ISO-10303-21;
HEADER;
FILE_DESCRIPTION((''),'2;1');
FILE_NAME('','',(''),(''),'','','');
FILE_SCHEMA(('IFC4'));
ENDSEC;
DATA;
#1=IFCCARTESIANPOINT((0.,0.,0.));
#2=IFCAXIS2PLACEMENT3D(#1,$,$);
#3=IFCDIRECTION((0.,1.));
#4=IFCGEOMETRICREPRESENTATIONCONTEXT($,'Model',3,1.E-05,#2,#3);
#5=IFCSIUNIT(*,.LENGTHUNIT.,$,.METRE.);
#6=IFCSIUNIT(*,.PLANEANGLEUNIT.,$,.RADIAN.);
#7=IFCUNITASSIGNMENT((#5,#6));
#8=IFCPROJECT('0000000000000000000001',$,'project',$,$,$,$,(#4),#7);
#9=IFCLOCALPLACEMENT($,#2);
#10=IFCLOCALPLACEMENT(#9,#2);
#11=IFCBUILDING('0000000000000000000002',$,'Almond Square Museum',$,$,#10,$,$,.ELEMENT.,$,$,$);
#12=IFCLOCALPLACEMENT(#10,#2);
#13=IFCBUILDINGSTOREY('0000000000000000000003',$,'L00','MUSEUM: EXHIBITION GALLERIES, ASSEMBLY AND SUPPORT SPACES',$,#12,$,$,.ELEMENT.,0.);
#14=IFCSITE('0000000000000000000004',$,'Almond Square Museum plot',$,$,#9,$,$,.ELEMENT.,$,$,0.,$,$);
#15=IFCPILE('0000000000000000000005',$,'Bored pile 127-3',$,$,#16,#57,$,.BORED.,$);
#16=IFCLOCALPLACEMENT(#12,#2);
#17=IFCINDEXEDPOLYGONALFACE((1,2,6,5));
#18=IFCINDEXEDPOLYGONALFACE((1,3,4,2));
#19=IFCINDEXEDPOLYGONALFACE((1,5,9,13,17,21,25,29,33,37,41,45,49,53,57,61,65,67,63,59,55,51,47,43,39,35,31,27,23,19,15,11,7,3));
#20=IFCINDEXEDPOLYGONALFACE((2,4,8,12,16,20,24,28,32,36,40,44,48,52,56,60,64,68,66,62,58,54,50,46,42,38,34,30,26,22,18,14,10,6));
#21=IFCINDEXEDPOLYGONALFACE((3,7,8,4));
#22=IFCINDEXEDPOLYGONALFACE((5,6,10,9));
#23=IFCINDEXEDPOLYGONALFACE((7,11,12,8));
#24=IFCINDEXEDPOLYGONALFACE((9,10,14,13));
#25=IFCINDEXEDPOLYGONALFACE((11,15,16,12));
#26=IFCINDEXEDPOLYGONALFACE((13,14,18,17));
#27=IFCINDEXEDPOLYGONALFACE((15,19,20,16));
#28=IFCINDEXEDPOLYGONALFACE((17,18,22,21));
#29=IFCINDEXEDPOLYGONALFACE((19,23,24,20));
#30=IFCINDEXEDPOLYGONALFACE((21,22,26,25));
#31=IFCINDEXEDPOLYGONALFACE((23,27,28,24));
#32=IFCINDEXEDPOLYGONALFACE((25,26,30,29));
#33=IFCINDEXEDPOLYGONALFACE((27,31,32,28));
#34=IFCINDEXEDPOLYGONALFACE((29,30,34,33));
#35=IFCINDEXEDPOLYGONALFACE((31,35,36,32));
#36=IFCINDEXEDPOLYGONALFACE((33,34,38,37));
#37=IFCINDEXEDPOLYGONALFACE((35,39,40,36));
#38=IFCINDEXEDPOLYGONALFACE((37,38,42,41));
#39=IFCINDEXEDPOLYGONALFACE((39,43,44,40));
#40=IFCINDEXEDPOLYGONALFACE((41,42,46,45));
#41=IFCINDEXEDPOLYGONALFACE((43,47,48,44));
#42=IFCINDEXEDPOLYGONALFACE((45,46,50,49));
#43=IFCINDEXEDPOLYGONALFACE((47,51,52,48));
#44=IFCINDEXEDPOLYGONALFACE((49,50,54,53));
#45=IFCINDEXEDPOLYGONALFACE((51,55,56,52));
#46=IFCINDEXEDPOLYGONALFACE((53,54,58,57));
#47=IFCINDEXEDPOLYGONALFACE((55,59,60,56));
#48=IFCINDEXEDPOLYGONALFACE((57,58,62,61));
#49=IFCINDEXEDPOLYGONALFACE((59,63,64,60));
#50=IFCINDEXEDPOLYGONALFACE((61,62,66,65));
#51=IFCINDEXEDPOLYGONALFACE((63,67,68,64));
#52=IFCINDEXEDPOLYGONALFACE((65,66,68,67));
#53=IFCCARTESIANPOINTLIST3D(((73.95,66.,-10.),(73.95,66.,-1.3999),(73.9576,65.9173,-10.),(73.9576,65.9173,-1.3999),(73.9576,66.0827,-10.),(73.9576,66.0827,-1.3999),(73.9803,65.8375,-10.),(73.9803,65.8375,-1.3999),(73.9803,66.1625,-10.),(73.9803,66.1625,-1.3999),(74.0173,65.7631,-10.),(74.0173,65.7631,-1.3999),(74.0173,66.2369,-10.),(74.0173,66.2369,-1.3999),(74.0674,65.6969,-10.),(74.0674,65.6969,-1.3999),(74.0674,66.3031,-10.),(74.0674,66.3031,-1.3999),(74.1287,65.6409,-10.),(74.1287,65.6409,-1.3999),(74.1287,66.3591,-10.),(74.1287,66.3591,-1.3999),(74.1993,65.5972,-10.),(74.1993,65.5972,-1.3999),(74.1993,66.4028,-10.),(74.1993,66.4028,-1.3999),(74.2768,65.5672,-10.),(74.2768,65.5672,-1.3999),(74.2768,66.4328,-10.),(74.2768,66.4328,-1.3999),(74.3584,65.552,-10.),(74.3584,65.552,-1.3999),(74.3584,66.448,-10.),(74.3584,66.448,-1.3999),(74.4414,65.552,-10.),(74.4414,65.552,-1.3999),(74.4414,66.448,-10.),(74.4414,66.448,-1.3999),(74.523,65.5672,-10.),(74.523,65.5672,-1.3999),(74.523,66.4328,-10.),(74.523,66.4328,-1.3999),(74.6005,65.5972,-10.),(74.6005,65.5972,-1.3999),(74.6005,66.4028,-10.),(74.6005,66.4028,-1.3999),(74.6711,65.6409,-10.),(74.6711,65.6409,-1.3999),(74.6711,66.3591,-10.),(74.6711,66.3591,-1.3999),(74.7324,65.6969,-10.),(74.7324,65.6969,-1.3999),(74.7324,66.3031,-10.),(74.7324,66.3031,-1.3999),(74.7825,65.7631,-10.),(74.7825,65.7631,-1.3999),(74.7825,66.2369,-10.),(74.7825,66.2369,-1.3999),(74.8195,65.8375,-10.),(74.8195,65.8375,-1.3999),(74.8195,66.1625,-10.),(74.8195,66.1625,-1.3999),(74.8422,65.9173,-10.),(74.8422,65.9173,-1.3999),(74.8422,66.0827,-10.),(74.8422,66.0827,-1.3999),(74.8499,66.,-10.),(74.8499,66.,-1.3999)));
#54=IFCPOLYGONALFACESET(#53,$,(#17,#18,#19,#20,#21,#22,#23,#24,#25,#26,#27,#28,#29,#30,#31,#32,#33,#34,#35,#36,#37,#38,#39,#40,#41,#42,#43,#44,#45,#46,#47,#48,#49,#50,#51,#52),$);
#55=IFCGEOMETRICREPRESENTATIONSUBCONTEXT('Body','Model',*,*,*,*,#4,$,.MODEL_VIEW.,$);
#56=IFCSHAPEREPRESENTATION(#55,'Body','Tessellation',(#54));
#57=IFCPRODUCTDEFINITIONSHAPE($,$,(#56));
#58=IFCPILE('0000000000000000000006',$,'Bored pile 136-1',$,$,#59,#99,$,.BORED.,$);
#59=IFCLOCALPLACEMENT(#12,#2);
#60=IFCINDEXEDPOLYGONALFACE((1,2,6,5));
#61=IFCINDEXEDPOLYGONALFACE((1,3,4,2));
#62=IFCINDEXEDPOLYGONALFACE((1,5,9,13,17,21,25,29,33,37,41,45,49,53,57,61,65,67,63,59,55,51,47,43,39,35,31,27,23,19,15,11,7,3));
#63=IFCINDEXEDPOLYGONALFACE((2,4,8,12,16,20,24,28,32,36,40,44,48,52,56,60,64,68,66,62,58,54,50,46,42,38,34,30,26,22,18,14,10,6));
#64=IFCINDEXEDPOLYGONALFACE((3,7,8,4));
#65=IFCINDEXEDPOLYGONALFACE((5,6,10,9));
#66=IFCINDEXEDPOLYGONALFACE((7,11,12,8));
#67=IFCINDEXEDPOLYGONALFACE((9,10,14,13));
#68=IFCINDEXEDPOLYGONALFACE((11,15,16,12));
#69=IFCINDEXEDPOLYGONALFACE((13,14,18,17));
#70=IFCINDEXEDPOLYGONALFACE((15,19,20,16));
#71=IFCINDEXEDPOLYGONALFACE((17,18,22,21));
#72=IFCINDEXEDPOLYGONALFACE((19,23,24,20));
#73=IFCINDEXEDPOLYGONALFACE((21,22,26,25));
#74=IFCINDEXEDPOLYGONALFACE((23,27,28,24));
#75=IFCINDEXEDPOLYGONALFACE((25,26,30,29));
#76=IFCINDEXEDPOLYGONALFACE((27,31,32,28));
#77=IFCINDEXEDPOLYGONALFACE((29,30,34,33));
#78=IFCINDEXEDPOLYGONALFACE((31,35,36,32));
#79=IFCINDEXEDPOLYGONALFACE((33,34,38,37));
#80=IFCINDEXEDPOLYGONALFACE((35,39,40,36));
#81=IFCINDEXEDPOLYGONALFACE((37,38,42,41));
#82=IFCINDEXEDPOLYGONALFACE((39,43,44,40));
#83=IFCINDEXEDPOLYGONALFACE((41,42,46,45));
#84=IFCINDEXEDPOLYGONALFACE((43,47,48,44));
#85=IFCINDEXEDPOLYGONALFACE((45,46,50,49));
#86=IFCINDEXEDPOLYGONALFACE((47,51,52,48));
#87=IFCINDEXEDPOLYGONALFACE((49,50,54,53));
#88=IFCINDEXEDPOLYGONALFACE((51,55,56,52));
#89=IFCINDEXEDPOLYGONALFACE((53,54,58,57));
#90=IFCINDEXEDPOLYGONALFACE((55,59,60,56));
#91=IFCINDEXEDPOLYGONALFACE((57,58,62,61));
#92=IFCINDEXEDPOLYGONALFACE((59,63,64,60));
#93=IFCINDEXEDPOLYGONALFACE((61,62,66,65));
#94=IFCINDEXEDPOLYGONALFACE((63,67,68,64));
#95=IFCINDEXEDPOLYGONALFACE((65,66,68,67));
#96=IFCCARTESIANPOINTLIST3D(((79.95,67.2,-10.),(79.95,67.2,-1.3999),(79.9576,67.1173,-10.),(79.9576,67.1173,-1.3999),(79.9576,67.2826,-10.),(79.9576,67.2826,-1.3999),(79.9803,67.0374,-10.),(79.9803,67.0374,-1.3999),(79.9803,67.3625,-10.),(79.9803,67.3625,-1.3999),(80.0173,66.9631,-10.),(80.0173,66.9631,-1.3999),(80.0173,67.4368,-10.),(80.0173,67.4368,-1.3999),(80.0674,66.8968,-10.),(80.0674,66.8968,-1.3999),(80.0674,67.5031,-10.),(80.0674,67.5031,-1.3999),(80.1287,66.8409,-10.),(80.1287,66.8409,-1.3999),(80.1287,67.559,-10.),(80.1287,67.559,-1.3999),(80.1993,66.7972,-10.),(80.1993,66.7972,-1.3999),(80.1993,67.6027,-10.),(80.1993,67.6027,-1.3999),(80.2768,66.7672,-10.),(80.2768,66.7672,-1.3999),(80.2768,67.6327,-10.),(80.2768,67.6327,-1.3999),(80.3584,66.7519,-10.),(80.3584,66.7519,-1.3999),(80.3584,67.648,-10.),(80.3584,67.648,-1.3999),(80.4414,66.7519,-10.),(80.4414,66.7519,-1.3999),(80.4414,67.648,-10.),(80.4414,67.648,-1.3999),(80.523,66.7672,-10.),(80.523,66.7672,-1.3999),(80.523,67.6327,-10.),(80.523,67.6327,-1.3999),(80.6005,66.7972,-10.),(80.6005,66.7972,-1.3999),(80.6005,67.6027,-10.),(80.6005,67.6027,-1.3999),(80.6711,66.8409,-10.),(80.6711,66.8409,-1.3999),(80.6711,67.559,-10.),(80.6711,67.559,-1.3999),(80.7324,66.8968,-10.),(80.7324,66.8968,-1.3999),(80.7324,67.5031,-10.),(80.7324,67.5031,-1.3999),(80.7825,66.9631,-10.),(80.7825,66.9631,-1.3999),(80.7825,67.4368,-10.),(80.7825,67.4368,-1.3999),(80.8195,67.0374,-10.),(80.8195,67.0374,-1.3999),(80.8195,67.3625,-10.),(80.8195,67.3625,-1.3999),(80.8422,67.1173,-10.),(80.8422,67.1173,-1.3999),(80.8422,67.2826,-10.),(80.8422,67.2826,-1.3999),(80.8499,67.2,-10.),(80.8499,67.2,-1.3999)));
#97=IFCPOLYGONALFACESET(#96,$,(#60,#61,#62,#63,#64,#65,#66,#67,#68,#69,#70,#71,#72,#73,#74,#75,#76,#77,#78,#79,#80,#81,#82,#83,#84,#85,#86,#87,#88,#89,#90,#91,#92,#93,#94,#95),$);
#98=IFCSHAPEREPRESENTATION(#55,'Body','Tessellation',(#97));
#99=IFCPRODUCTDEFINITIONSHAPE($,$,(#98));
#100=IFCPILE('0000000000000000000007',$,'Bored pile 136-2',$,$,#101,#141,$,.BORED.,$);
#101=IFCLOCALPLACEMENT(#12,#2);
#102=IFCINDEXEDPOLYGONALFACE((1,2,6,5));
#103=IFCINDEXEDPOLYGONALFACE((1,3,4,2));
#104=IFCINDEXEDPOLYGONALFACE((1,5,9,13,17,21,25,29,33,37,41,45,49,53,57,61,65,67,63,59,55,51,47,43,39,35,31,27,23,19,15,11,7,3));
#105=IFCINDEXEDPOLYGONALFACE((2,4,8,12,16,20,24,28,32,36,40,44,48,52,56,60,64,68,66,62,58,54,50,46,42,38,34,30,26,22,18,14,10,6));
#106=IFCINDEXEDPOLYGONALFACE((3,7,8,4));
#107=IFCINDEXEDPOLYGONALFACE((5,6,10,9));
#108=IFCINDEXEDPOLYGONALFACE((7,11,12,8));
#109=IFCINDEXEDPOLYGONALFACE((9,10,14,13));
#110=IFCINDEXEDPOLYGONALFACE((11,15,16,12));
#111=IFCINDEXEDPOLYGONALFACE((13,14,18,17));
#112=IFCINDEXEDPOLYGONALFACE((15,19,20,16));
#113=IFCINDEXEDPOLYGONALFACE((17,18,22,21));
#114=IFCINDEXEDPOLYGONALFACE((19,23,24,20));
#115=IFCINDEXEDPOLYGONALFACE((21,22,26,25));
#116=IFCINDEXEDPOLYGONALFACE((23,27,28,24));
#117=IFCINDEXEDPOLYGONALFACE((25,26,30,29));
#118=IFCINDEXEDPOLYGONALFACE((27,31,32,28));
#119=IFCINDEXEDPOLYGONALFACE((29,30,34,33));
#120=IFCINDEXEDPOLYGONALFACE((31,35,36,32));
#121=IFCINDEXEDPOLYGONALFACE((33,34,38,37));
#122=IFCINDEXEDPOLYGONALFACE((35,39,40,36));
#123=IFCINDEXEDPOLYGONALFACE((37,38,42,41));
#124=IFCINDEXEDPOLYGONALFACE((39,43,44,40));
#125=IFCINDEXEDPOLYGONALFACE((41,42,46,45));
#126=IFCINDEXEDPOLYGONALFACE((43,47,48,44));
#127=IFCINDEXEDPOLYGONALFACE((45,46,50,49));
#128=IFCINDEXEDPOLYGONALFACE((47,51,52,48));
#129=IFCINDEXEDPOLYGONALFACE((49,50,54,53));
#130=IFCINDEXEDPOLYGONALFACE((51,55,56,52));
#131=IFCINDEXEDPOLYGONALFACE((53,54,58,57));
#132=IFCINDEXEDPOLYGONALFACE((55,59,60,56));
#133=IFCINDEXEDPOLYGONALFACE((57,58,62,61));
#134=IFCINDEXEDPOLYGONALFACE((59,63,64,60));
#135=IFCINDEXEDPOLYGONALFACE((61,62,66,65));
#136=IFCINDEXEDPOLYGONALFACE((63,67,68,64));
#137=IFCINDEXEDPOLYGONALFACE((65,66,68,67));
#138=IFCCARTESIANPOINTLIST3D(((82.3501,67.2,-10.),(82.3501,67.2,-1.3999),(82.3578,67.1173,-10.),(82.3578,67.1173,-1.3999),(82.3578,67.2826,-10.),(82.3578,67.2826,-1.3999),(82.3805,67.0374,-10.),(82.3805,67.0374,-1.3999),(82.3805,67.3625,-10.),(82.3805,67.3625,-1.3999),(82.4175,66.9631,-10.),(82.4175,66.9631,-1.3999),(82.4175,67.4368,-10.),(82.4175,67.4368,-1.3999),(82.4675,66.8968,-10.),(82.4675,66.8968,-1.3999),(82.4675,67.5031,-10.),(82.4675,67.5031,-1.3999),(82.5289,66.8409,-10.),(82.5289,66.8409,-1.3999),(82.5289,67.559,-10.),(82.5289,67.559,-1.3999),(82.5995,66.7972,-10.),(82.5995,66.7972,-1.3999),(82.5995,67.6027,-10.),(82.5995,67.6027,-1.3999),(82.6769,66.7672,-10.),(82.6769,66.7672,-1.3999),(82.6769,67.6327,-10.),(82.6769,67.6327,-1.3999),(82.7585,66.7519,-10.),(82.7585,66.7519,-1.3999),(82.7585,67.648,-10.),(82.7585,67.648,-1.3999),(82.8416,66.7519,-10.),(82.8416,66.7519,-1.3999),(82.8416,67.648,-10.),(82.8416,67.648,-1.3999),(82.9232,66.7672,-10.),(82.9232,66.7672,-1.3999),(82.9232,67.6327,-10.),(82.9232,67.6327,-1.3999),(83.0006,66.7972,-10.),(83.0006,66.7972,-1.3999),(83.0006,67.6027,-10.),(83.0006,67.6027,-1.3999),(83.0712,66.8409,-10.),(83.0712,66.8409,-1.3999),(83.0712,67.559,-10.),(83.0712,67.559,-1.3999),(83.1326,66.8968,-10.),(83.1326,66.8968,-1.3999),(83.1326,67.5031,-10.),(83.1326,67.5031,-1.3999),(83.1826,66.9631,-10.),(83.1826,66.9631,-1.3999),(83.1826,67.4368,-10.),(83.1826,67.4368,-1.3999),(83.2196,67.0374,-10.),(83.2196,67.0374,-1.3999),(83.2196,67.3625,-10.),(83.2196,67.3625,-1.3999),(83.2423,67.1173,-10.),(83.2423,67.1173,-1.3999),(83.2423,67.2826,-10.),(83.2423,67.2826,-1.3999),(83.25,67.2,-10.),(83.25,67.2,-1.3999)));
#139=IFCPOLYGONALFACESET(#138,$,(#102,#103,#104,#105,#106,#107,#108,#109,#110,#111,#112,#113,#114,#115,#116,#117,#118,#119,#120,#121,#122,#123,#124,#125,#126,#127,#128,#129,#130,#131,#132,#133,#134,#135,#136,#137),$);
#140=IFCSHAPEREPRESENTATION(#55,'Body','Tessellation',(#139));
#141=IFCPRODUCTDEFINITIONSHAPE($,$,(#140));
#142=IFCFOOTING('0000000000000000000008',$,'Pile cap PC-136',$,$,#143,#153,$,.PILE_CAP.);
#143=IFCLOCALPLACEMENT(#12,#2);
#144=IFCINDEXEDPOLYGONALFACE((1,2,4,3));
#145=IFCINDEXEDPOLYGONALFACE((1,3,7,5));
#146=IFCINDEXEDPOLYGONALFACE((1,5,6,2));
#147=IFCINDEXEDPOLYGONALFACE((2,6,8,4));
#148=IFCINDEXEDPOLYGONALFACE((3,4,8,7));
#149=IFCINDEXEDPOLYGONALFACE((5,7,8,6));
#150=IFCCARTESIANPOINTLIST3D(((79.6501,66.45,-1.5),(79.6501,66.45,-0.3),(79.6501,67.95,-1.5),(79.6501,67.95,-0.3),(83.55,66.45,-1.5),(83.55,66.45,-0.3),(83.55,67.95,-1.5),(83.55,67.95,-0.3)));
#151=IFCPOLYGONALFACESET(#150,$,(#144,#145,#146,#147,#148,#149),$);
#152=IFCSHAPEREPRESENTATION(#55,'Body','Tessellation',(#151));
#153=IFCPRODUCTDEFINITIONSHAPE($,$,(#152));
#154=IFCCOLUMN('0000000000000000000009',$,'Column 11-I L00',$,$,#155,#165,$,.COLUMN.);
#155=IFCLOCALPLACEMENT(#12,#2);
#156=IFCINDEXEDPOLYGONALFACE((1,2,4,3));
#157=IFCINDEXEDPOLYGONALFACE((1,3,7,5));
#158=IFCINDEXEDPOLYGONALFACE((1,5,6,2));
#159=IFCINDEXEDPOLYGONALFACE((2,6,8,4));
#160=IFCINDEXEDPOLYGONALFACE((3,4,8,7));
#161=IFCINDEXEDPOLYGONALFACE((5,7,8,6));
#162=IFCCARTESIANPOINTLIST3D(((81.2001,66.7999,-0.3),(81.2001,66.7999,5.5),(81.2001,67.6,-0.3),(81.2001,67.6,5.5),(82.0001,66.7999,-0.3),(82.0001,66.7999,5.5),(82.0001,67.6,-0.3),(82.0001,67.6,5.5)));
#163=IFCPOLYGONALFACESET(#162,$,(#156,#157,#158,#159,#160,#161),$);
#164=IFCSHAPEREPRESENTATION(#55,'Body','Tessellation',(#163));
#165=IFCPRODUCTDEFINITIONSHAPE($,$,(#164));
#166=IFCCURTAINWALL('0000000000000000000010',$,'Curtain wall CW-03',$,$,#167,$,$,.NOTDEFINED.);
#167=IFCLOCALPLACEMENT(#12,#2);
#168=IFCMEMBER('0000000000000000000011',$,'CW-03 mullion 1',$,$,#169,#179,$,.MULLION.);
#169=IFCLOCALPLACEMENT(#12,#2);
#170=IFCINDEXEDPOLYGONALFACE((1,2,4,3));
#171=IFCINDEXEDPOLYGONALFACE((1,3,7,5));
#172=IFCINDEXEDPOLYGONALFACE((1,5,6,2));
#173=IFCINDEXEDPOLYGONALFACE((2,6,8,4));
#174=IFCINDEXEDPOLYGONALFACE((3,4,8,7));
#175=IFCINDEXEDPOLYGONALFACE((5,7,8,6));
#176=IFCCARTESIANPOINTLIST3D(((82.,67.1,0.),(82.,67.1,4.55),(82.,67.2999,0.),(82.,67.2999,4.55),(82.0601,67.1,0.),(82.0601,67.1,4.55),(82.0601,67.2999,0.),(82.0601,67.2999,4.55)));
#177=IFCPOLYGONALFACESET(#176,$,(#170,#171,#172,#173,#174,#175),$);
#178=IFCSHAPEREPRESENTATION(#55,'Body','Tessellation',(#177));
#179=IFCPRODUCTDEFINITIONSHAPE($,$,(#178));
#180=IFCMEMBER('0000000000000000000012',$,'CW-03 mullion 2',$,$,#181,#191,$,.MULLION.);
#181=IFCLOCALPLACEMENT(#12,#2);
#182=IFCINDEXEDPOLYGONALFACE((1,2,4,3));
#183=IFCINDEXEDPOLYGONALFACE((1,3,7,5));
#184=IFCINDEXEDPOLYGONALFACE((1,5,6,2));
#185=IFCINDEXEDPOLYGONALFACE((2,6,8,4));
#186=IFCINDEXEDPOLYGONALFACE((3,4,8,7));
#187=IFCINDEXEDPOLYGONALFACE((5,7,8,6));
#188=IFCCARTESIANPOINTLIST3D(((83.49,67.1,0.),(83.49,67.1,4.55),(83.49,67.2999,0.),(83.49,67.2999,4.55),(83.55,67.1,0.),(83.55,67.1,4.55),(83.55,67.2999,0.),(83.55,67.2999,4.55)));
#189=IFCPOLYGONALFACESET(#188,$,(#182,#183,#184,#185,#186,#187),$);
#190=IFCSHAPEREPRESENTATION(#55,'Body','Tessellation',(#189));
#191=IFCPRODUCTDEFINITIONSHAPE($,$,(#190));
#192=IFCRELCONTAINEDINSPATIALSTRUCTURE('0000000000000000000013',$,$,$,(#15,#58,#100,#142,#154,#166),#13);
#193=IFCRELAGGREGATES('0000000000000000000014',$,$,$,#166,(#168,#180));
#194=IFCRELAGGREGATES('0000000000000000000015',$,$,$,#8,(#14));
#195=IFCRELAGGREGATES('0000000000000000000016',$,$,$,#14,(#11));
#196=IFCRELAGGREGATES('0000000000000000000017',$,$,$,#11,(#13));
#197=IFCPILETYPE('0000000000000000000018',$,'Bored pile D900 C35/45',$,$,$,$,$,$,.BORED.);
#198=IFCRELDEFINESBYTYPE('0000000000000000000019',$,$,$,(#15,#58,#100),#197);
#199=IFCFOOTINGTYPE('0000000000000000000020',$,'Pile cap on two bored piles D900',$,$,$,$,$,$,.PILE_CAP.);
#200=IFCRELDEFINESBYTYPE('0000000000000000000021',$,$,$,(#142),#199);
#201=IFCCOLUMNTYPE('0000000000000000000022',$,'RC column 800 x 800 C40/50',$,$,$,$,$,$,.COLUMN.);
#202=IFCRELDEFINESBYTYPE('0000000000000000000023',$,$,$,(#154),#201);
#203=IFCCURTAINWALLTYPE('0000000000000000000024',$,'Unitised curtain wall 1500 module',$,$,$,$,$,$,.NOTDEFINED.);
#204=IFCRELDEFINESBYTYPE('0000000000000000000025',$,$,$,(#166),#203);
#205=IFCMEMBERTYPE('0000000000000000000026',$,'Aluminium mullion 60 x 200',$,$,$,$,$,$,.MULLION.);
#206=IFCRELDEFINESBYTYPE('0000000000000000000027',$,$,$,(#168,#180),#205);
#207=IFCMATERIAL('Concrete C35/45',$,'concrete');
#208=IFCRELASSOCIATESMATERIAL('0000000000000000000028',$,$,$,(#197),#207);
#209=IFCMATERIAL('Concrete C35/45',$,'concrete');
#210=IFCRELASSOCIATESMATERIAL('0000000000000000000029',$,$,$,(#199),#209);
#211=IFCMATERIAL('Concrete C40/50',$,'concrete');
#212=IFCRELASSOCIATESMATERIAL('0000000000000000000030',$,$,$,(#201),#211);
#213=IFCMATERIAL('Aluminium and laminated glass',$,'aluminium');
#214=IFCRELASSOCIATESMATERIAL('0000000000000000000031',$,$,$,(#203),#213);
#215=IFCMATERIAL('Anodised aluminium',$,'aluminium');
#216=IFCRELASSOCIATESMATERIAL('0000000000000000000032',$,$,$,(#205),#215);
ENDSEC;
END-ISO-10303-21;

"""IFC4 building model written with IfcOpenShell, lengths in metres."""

from ifc_helpers import new_model, si_unit, direction, frame, origin, origin_2d, place, context, subcontext, project, spatial, rectangle, circle, extrude, material, material_profile, profile_set, type_object, element, aggregate, save


model = new_model("IFC4")

# Units and contexts
model_context = context("Model", 3, precision=1e-05, world=origin(), true_north=direction((0.0, 1.0)))
body_context = subcontext(model_context, "Body", "Model", "MODEL_VIEW")
ifc_project = project(units=[si_unit("LENGTHUNIT", "METRE"), si_unit("PLANEANGLEUNIT", "RADIAN")], contexts=[model_context])

# Site, building, storey
site_placement = place(None, origin())
site = spatial("IfcSite", under=ifc_project, at=site_placement, Name="Almond Square Museum plot", CompositionType="ELEMENT", RefElevation=0.0)
building_placement = place(site_placement, origin())
building = spatial("IfcBuilding", under=site, at=building_placement, Name="Almond Square Museum", CompositionType="ELEMENT")
storey_placement = place(building_placement, origin())
storey = spatial("IfcBuildingStorey", under=building, at=storey_placement, Name="L00", Description="MUSEUM: EXHIBITION GALLERIES, ASSEMBLY AND SUPPORT SPACES", CompositionType="ELEMENT", Elevation=0.0)

# Piles
ifc_material_1 = material(Name="Concrete C35/45", Category="concrete")
ifc_material_profile_1 = material_profile(ifc_material_1, circle(Radius=0.45, at=origin_2d()))
ifc_profile_set_1 = profile_set([ifc_material_profile_1], Name="Concrete C35/45")
pile_type = type_object("IfcPileType", Name="Bored pile D900 C35/45", PredefinedType="BORED", material=ifc_profile_set_1)
for number, where, z_axis, x_axis, name in (
    (1, (74.3999, 66.0, -1.3999), (0.0, 0.0, -1.0), (1.0, 0.0, 0.0), "Bored pile 127-3"),
    (2, (80.3999, 67.2, -1.3999), (0.0, 0.0, -1.0), (1.0, 0.0, 0.0), "Bored pile 136-1"),
    (3, (82.8, 67.2, -1.3999), (0.0, 0.0, -1.0), (1.0, 0.0, 0.0), "Bored pile 136-2"),
):
    element("IfcPile", number, at=place(storey_placement, frame(where, z_axis=z_axis, x_axis=x_axis)), inside=storey, type_object=pile_type, Name=name, PredefinedType="BORED", context=body_context, shape_type="SweptSolid", body=[
        extrude(circle(Radius=0.45, at=origin_2d()), origin(), (0.0, 0.0, 1.0), 8.6001),
    ])

# Footing
ifc_material_2 = material(Name="Concrete C35/45", Category="concrete")
footing_type = type_object("IfcFootingType", Name="Pile cap on two bored piles D900", PredefinedType="PILE_CAP", material=ifc_material_2)
footing_placement = place(storey_placement, frame((81.6001, 67.2, -1.5), z_axis=(0.0, 0.0, 1.0), x_axis=(1.0, 0.0, 0.0)))
element("IfcFooting", 4, at=footing_placement, inside=storey, type_object=footing_type, Name="Pile cap PC-136", PredefinedType="PILE_CAP", context=body_context, shape_type="SweptSolid", body=[
    extrude(rectangle(XDim=3.8999, YDim=1.5, at=origin_2d()), origin(), (0.0, 0.0, 1.0), 1.2),
])

# Column
ifc_material_3 = material(Name="Concrete C40/50", Category="concrete")
ifc_material_profile_2 = material_profile(ifc_material_3, rectangle(XDim=0.8, YDim=0.8, at=origin_2d()))
ifc_profile_set_2 = profile_set([ifc_material_profile_2], Name="Concrete C40/50")
column_type = type_object("IfcColumnType", Name="RC column 800 x 800 C40/50", PredefinedType="COLUMN", material=ifc_profile_set_2)
column_placement = place(storey_placement, frame((81.6001, 67.2, -0.3), z_axis=(0.0, 0.0, 1.0), x_axis=(1.0, 0.0, 0.0)))
element("IfcColumn", 5, at=column_placement, inside=storey, type_object=column_type, Name="Column 11-I L00", PredefinedType="COLUMN", context=body_context, shape_type="SweptSolid", body=[
    extrude(rectangle(XDim=0.8, YDim=0.8, at=origin_2d()), origin(), (0.0, 0.0, 1.0), 5.8),
])

# Curtain wall, members
ifc_material_4 = material(Name="Aluminium and laminated glass", Category="aluminium")
curtain_wall_type = type_object("IfcCurtainWallType", Name="Unitised curtain wall 1500 module", PredefinedType="NOTDEFINED", material=ifc_material_4)
curtain_wall_placement = place(storey_placement, origin())
curtain_wall = element("IfcCurtainWall", 6, at=curtain_wall_placement, inside=storey, type_object=curtain_wall_type, Name="Curtain wall CW-03", PredefinedType="NOTDEFINED")
ifc_material_5 = material(Name="Anodised aluminium", Category="aluminium")
ifc_material_profile_3 = material_profile(ifc_material_5, rectangle(XDim=0.2, YDim=0.0601, at=origin_2d()))
ifc_profile_set_3 = profile_set([ifc_material_profile_3], Name="Anodised aluminium")
member_type_1 = type_object("IfcMemberType", Name="Aluminium mullion 60 x 200", PredefinedType="MULLION", material=ifc_profile_set_3)
member_1_placement = place(storey_placement, frame((82.03, 67.2, 0.0), z_axis=(0.0, 0.0, 1.0), x_axis=(0.0, 1.0, 0.0)))
member_1 = element("IfcMember", 7, at=member_1_placement, type_object=member_type_1, Name="CW-03 mullion 1", PredefinedType="MULLION", context=body_context, shape_type="SweptSolid", body=[
    extrude(rectangle(XDim=0.2, YDim=0.0601, at=origin_2d()), origin(), (0.0, 0.0, 1.0), 4.55),
])
member_2_placement = place(storey_placement, frame((83.52, 67.2, 0.0), z_axis=(0.0, 0.0, 1.0), x_axis=(0.0, 1.0, 0.0)))
member_2 = element("IfcMember", 8, at=member_2_placement, type_object=member_type_1, Name="CW-03 mullion 2", PredefinedType="MULLION", context=body_context, shape_type="SweptSolid", body=[
    extrude(rectangle(XDim=0.2, YDim=0.0601, at=origin_2d()), origin(), (0.0, 0.0, 1.0), 4.55),
])

aggregate(curtain_wall, [member_1, member_2])

save(model, "model.ifc")
